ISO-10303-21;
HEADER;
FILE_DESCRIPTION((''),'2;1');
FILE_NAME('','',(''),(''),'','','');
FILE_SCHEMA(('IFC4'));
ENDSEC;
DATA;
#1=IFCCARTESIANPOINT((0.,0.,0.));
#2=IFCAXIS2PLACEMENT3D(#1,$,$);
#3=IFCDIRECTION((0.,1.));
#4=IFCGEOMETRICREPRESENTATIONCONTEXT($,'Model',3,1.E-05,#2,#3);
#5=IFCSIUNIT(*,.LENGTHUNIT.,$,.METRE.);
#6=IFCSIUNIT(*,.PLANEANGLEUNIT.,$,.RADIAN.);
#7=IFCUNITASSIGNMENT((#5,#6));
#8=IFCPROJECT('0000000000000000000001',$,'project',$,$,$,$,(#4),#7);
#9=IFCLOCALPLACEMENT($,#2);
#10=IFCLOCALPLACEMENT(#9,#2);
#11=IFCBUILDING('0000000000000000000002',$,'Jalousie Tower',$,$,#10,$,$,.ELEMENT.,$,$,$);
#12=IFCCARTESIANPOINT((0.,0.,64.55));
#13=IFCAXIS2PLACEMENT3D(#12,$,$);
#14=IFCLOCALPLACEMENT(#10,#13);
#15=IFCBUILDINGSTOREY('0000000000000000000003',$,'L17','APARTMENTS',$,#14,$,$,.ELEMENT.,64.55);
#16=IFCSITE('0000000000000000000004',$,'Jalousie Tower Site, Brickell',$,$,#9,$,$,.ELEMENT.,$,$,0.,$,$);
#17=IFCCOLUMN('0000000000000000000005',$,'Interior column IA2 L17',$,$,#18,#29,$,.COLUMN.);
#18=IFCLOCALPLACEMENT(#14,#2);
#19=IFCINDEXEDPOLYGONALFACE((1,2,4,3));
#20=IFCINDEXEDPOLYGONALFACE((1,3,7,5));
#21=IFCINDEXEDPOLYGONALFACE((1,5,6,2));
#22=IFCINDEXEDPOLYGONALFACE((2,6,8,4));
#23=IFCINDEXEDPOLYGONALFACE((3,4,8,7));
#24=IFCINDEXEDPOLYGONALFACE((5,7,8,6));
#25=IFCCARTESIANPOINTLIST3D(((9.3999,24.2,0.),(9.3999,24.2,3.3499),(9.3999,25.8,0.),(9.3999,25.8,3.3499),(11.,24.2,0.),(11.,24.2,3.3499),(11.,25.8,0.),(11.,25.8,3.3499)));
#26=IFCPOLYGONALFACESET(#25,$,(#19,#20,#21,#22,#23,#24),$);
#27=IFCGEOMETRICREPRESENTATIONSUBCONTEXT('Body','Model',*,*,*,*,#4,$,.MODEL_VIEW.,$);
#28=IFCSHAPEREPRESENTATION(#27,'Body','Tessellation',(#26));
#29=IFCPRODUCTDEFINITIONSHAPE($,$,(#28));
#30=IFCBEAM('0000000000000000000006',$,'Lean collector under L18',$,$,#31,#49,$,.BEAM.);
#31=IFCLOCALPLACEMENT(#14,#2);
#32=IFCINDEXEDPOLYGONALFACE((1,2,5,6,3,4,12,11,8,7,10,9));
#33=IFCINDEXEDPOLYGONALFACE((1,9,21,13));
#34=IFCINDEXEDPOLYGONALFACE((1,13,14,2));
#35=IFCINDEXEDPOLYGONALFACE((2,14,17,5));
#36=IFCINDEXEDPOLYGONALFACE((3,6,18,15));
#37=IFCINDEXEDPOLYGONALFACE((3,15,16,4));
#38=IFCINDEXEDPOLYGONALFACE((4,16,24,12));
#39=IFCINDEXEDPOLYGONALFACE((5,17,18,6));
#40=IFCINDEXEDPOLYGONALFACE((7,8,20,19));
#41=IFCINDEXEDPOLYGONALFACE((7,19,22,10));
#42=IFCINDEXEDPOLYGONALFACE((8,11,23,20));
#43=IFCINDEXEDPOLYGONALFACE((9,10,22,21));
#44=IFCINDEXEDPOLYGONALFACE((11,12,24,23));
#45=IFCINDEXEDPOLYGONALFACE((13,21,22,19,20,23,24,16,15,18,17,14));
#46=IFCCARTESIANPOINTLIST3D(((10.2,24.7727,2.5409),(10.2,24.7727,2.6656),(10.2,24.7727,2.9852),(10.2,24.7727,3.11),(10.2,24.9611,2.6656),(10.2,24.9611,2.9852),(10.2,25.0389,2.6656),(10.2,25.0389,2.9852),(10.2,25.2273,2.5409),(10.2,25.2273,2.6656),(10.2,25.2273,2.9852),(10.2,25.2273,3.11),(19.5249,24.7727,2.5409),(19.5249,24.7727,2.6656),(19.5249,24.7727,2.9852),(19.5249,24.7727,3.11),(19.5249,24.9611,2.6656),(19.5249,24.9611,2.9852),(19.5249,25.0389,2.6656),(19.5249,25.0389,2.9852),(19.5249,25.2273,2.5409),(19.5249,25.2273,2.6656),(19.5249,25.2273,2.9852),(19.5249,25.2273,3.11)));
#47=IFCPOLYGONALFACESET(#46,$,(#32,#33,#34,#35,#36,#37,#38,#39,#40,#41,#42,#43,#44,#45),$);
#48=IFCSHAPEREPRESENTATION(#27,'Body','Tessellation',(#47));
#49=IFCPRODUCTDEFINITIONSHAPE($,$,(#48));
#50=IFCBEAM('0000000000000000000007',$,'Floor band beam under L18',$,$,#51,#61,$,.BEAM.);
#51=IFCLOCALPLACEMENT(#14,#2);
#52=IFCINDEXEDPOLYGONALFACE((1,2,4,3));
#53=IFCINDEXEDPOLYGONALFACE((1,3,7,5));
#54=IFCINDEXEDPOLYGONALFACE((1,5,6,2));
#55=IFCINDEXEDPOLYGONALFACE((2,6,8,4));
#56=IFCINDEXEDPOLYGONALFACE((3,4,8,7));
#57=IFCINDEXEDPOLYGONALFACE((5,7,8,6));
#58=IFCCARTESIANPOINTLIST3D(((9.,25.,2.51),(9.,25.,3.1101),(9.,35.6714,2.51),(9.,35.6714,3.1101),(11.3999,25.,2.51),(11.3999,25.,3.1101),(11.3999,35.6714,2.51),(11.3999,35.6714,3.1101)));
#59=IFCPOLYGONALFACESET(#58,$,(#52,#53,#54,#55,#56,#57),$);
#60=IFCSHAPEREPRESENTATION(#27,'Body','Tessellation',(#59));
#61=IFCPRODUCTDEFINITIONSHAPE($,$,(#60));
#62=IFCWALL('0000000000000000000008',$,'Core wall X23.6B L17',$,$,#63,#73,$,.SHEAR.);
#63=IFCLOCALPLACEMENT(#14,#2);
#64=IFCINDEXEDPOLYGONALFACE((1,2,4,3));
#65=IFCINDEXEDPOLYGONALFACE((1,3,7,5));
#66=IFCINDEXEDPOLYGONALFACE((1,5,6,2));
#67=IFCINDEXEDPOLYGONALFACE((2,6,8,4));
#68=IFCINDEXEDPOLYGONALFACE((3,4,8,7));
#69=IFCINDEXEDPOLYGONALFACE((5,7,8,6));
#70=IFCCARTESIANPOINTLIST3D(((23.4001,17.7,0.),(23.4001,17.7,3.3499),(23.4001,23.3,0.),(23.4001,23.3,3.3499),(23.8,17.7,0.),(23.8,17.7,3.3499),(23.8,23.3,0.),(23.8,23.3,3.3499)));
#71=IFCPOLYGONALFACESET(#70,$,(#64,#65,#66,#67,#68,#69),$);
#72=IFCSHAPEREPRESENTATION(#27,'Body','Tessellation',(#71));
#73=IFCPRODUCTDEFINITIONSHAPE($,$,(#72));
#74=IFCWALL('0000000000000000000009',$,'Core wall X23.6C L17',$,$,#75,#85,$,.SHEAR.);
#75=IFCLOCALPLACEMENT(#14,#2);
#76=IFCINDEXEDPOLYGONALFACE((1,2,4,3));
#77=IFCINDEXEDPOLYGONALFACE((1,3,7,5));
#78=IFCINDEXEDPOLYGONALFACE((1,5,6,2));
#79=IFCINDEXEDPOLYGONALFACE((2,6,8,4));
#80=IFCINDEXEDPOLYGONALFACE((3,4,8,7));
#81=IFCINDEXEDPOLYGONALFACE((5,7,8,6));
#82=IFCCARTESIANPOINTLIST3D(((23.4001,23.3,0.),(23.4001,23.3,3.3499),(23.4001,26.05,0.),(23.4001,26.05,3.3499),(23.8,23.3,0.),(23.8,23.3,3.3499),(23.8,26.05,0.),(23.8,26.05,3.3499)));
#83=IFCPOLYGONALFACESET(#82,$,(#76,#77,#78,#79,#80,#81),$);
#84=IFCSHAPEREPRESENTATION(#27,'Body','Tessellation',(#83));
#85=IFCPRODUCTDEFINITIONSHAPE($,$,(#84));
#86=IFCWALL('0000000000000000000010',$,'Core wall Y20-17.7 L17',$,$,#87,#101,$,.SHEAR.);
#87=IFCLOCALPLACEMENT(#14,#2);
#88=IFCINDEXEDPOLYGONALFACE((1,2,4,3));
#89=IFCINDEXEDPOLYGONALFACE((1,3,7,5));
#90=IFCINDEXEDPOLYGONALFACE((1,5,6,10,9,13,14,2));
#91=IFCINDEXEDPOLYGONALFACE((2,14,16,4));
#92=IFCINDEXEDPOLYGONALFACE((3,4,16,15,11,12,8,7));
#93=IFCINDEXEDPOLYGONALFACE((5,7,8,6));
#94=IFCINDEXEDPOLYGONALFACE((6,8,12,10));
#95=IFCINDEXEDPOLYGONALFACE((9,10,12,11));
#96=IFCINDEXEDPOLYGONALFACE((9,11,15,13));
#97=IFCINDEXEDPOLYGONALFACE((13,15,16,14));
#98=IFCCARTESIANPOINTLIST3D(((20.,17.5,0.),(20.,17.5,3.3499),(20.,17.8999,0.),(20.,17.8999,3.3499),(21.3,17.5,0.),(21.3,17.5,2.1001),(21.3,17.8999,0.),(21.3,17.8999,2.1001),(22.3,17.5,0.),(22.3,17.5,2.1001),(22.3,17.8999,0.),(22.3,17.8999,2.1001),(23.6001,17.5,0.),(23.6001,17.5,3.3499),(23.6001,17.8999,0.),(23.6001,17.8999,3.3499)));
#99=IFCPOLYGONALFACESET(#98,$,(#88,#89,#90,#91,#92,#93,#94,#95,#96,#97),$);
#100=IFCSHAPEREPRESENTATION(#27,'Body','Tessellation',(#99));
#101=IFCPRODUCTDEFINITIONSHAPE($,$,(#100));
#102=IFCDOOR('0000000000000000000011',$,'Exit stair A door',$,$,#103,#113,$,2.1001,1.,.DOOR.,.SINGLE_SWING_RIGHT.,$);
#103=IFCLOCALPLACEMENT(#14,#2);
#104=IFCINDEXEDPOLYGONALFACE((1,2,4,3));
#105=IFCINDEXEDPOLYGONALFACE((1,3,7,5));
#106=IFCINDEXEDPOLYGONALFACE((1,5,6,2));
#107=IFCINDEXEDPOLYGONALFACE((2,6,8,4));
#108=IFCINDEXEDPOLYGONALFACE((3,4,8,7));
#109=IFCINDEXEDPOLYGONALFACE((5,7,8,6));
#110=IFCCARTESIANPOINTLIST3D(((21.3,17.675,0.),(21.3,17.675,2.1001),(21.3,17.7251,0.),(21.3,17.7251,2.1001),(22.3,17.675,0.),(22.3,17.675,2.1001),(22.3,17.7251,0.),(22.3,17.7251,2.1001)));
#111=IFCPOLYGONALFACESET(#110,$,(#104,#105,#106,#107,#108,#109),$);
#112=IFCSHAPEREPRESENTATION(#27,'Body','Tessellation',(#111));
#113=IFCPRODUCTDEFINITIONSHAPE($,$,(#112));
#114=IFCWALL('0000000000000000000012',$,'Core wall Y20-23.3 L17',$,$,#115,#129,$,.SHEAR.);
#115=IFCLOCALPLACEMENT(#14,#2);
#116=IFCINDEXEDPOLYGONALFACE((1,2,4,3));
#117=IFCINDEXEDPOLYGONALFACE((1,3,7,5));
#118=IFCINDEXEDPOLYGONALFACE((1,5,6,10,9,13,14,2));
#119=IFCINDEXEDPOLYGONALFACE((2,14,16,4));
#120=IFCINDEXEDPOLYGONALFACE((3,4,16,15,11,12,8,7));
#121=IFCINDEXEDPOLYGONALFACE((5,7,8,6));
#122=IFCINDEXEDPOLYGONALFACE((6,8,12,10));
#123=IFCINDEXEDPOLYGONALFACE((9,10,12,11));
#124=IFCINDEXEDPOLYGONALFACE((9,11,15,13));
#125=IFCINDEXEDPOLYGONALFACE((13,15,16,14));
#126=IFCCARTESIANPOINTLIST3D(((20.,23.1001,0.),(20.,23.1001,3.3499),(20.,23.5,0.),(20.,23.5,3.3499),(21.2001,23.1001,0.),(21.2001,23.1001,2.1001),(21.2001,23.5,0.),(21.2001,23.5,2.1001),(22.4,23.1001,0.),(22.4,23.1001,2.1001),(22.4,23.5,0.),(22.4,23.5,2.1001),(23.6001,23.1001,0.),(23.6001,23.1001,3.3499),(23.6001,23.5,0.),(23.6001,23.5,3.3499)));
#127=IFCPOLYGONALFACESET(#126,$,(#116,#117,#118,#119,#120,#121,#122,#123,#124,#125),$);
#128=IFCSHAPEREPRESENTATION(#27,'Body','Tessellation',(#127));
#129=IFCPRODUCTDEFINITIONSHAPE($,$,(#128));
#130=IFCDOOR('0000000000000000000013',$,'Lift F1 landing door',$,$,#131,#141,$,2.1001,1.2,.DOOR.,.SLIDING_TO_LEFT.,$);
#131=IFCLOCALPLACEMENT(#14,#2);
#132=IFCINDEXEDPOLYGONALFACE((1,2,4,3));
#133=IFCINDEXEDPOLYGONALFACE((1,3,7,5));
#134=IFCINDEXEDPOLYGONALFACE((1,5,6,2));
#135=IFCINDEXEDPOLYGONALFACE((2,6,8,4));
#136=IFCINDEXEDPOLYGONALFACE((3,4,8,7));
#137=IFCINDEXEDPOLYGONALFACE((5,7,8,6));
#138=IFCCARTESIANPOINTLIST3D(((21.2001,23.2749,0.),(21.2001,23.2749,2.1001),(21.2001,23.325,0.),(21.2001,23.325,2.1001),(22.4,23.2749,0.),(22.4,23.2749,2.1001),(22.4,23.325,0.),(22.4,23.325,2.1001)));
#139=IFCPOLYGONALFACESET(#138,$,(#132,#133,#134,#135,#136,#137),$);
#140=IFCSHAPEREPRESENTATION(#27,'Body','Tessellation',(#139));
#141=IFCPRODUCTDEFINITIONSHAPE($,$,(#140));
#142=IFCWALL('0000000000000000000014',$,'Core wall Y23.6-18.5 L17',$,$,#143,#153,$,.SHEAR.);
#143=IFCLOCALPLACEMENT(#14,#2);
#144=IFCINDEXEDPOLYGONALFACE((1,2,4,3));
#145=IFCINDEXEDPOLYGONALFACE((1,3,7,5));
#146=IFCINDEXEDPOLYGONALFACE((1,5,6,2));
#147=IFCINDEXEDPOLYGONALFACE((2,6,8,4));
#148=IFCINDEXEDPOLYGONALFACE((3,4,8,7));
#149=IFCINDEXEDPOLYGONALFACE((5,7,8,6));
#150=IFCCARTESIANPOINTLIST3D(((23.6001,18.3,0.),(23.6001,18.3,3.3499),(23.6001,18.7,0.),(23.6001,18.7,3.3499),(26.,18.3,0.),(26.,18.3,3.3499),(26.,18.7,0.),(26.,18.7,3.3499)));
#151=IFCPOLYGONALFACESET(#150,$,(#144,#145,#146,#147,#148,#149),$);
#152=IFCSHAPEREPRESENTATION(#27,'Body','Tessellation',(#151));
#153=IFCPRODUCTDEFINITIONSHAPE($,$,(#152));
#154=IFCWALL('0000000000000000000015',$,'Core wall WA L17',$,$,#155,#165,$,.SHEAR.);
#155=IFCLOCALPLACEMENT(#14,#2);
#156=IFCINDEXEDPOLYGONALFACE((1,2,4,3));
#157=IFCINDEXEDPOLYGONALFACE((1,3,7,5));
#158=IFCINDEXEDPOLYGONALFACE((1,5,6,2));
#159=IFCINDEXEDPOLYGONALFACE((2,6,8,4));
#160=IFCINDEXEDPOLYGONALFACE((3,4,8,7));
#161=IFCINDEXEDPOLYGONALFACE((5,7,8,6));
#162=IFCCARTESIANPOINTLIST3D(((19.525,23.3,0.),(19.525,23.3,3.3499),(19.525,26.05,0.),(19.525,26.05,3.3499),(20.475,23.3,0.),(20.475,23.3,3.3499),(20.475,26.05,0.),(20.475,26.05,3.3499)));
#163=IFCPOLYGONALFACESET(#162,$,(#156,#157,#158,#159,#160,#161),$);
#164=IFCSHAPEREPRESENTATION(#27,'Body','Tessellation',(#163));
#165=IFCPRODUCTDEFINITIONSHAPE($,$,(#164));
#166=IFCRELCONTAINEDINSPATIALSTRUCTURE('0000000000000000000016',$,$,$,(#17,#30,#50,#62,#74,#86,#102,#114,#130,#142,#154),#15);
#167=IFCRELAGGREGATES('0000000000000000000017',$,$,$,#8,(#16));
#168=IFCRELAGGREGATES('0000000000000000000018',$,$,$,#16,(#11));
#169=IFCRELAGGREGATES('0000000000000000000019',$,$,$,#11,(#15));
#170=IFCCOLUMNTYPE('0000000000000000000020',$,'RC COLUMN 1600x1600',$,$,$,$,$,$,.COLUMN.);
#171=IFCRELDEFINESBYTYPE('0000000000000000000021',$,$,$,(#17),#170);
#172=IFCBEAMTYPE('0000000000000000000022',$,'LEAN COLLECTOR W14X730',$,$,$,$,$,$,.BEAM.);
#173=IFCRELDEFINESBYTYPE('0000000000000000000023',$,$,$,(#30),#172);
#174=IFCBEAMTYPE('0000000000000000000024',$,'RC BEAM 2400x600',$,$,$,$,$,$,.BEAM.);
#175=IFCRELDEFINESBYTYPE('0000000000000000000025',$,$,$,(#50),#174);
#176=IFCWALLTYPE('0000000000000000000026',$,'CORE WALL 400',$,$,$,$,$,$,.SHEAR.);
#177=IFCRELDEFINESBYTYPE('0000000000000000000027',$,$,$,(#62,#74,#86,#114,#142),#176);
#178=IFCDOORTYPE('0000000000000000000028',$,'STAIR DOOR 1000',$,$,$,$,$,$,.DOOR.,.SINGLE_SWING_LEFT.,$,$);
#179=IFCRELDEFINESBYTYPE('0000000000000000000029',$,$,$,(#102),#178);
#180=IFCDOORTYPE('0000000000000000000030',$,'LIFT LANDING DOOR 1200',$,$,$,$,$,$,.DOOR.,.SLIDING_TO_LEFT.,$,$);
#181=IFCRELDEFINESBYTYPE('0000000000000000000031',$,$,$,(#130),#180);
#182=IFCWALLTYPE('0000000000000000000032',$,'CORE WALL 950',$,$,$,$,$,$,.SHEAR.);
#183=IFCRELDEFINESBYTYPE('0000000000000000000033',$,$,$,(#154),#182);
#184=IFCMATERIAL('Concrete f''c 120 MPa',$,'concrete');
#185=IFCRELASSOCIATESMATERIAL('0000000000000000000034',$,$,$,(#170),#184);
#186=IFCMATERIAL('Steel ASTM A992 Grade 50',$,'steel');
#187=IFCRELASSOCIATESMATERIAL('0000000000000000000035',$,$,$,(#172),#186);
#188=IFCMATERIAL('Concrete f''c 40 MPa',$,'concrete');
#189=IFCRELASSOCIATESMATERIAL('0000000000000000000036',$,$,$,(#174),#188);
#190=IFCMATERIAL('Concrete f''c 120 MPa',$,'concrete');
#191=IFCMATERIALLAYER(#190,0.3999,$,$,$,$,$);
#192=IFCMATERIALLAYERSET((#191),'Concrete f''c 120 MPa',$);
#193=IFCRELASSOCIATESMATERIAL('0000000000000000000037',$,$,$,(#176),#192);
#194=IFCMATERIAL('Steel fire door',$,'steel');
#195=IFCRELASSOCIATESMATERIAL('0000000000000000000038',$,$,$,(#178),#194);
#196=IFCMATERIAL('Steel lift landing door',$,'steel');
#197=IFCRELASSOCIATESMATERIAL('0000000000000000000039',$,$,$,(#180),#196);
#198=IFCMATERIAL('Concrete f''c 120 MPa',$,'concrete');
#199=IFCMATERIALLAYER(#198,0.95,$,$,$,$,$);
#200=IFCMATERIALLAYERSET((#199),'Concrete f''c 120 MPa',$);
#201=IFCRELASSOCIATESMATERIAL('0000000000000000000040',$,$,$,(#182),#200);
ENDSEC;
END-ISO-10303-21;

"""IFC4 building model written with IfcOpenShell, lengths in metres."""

from ifc_helpers import new_model, si_unit, direction, frame, frame_2d, origin, origin_2d, place, context, subcontext, project, spatial, rectangle, i_section, extrude, material, layer, layer_set, material_profile, profile_set, type_object, element, fill, save


model = new_model("IFC4")

# Units and contexts
model_context = context("Model", 3, precision=1e-05, world=origin(), true_north=direction((0.0, 1.0)))
body_context = subcontext(model_context, "Body", "Model", "MODEL_VIEW")
ifc_project = project(units=[si_unit("LENGTHUNIT", "METRE"), si_unit("PLANEANGLEUNIT", "RADIAN")], contexts=[model_context])

# Site, building, storey
site_placement = place(None, origin())
site = spatial("IfcSite", under=ifc_project, at=site_placement, Name="Jalousie Tower Site, Brickell", CompositionType="ELEMENT", RefElevation=0.0)
building_placement = place(site_placement, origin())
building = spatial("IfcBuilding", under=site, at=building_placement, Name="Jalousie Tower", CompositionType="ELEMENT")
storey_placement = place(building_placement, frame((0.0, 0.0, 64.55)))
storey = spatial("IfcBuildingStorey", under=building, at=storey_placement, Name="L17", Description="APARTMENTS", CompositionType="ELEMENT", Elevation=64.55)

# Column
ifc_material_1 = material(Name="Concrete f'c 120 MPa", Category="concrete")
ifc_material_profile_1 = material_profile(ifc_material_1, rectangle(XDim=1.6001, YDim=1.6001, at=origin_2d()), Name="RC 1600x1600")
ifc_profile_set_1 = profile_set([ifc_material_profile_1], Name="Concrete f'c 120 MPa")
column_type = type_object("IfcColumnType", Name="RC COLUMN 1600x1600", PredefinedType="COLUMN", material=ifc_profile_set_1)
column_placement = place(storey_placement, frame((10.2, 25.0, 0.0), z_axis=(0.0, 0.0, 1.0), x_axis=(1.0, 0.0, 0.0)))
element("IfcColumn", 1, at=column_placement, inside=storey, type_object=column_type, Name="Interior column IA2 L17", PredefinedType="COLUMN", context=body_context, shape_type="SweptSolid", body=[
    extrude(rectangle(XDim=1.6001, YDim=1.6001, at=origin_2d()), origin(), (0.0, 0.0, 1.0), 3.3499),
])

# Beams
ifc_material_2 = material(Name="Steel ASTM A992 Grade 50", Category="steel")
ifc_material_profile_2 = material_profile(ifc_material_2, i_section(OverallWidth=0.4546, OverallDepth=0.5691, WebThickness=0.0779, FlangeThickness=0.1248, at=origin_2d()), Name="W14X730")
ifc_profile_set_2 = profile_set([ifc_material_profile_2], Name="Steel ASTM A992 Grade 50")
beam_type_1 = type_object("IfcBeamType", Name="LEAN COLLECTOR W14X730", PredefinedType="BEAM", material=ifc_profile_set_2)
beam_1_placement = place(storey_placement, frame((10.2, 25.0, 2.8254), z_axis=(1.0, 0.0, 0.0), x_axis=(0.0, 1.0, 0.0)))
element("IfcBeam", 2, at=beam_1_placement, inside=storey, type_object=beam_type_1, Name="Lean collector under L18", PredefinedType="BEAM", context=body_context, shape_type="SweptSolid", body=[
    extrude(i_section(OverallWidth=0.4546, OverallDepth=0.5691, WebThickness=0.0779, FlangeThickness=0.1248, at=origin_2d()), origin(), (0.0, 0.0, 1.0), 9.325),
])
ifc_material_3 = material(Name="Concrete f'c 40 MPa", Category="concrete")
ifc_material_profile_3 = material_profile(ifc_material_3, rectangle(XDim=2.3999, YDim=0.6001, at=origin_2d()), Name="RC 2400x600")
ifc_profile_set_3 = profile_set([ifc_material_profile_3], Name="Concrete f'c 40 MPa")
beam_type_2 = type_object("IfcBeamType", Name="RC BEAM 2400x600", PredefinedType="BEAM", material=ifc_profile_set_3)
beam_2_placement = place(storey_placement, frame((10.2, 25.0, 2.8101), z_axis=(0.0, 1.0, 0.0), x_axis=(-1.0, 0.0, 0.0)))
element("IfcBeam", 3, at=beam_2_placement, inside=storey, type_object=beam_type_2, Name="Floor band beam under L18", PredefinedType="BEAM", context=body_context, shape_type="SweptSolid", body=[
    extrude(rectangle(XDim=2.3999, YDim=0.6001, at=origin_2d()), origin(), (0.0, 0.0, 1.0), 10.6714),
])

# Walls
ifc_material_4 = material(Name="Concrete f'c 120 MPa", Category="concrete")
ifc_layer_1 = layer(ifc_material_4, 0.3999)
ifc_layer_set_1 = layer_set([ifc_layer_1], Name="Concrete f'c 120 MPa")
wall_type_1 = type_object("IfcWallType", Name="CORE WALL 400", PredefinedType="SHEAR", material=ifc_layer_set_1)
wall_1_placement = place(storey_placement, frame((23.6001, 17.7, 0.0), z_axis=(0.0, 0.0, 1.0), x_axis=(0.0, 1.0, 0.0)))
element("IfcWall", 4, at=wall_1_placement, inside=storey, type_object=wall_type_1, Name="Core wall X23.6B L17", PredefinedType="SHEAR", context=body_context, shape_type="SweptSolid", body=[
    extrude(rectangle(XDim=5.6001, YDim=0.3999, at=frame_2d((2.8, 0.0))), origin(), (0.0, 0.0, 1.0), 3.3499),
])
wall_2_placement = place(storey_placement, frame((23.6001, 23.3, 0.0), z_axis=(0.0, 0.0, 1.0), x_axis=(0.0, 1.0, 0.0)))
element("IfcWall", 5, at=wall_2_placement, inside=storey, type_object=wall_type_1, Name="Core wall X23.6C L17", PredefinedType="SHEAR", context=body_context, shape_type="SweptSolid", body=[
    extrude(rectangle(XDim=2.75, YDim=0.3999, at=frame_2d((1.375, 0.0))), origin(), (0.0, 0.0, 1.0), 3.3499),
])

# Walls, openings, doors
wall_3_placement = place(storey_placement, frame((20.0, 17.7, 0.0), z_axis=(0.0, 0.0, 1.0), x_axis=(1.0, 0.0, 0.0)))
wall_3 = element("IfcWall", 6, at=wall_3_placement, inside=storey, type_object=wall_type_1, Name="Core wall Y20-17.7 L17", PredefinedType="SHEAR", context=body_context, shape_type="SweptSolid", body=[
    extrude(rectangle(XDim=3.6001, YDim=0.3999, at=frame_2d((1.8, 0.0))), origin(), (0.0, 0.0, 1.0), 3.3499),
])
opening_1_placement = place(wall_3_placement, frame((1.3, 0.0, 0.0)))
opening_1 = element("IfcOpeningElement", 7, at=opening_1_placement, cuts=wall_3, PredefinedType="OPENING", context=body_context, shape_type="SweptSolid", body=[
    extrude(rectangle(XDim=1.0, YDim=2.1001, at=frame_2d((0.5, 1.05))), frame((0.0, 0.21, 0.0), z_axis=(0.0, -1.0, 0.0), x_axis=(1.0, 0.0, 0.0)), (0.0, 0.0, 1.0), 0.4199),
])
ifc_material_5 = material(Name="Steel fire door", Category="steel")
door_type_1 = type_object("IfcDoorType", Name="STAIR DOOR 1000", OperationType="SINGLE_SWING_LEFT", PredefinedType="DOOR", material=ifc_material_5)
door_1_placement = place(opening_1_placement, frame((1.0, 0.0, 0.0), z_axis=(0.0, 0.0, 1.0), x_axis=(-1.0, 0.0, 0.0)))
door_1 = element("IfcDoor", 8, at=door_1_placement, inside=storey, type_object=door_type_1, Name="Exit stair A door", OperationType="SINGLE_SWING_RIGHT", OverallHeight=2.1001, OverallWidth=1.0, PredefinedType="DOOR", context=body_context, shape_type="SweptSolid", body=[
    extrude(rectangle(XDim=1.0, YDim=2.1001, at=frame_2d((0.5, 1.05))), frame((0.0, 0.0249, 0.0), z_axis=(0.0, -1.0, 0.0), x_axis=(1.0, 0.0, 0.0)), (0.0, 0.0, 1.0), 0.05),
])
fill(opening_1, door_1)
wall_4_placement = place(storey_placement, frame((20.0, 23.3, 0.0), z_axis=(0.0, 0.0, 1.0), x_axis=(1.0, 0.0, 0.0)))
wall_4 = element("IfcWall", 9, at=wall_4_placement, inside=storey, type_object=wall_type_1, Name="Core wall Y20-23.3 L17", PredefinedType="SHEAR", context=body_context, shape_type="SweptSolid", body=[
    extrude(rectangle(XDim=3.6001, YDim=0.3999, at=frame_2d((1.8, 0.0))), origin(), (0.0, 0.0, 1.0), 3.3499),
])
opening_2_placement = place(wall_4_placement, frame((1.2, 0.0, 0.0)))
opening_2 = element("IfcOpeningElement", 10, at=opening_2_placement, cuts=wall_4, PredefinedType="OPENING", context=body_context, shape_type="SweptSolid", body=[
    extrude(rectangle(XDim=1.2, YDim=2.1001, at=frame_2d((0.6001, 1.05))), frame((0.0, 0.21, 0.0), z_axis=(0.0, -1.0, 0.0), x_axis=(1.0, 0.0, 0.0)), (0.0, 0.0, 1.0), 0.4199),
])
ifc_material_6 = material(Name="Steel lift landing door", Category="steel")
door_type_2 = type_object("IfcDoorType", Name="LIFT LANDING DOOR 1200", OperationType="SLIDING_TO_LEFT", PredefinedType="DOOR", material=ifc_material_6)
door_2_placement = place(opening_2_placement, origin())
door_2 = element("IfcDoor", 11, at=door_2_placement, inside=storey, type_object=door_type_2, Name="Lift F1 landing door", OperationType="SLIDING_TO_LEFT", OverallHeight=2.1001, OverallWidth=1.2, PredefinedType="DOOR", context=body_context, shape_type="SweptSolid", body=[
    extrude(rectangle(XDim=1.2, YDim=2.1001, at=frame_2d((0.6001, 1.05))), frame((0.0, 0.0249, 0.0), z_axis=(0.0, -1.0, 0.0), x_axis=(1.0, 0.0, 0.0)), (0.0, 0.0, 1.0), 0.05),
])
fill(opening_2, door_2)

# Walls
wall_5_placement = place(storey_placement, frame((23.6001, 18.5, 0.0), z_axis=(0.0, 0.0, 1.0), x_axis=(1.0, 0.0, 0.0)))
element("IfcWall", 12, at=wall_5_placement, inside=storey, type_object=wall_type_1, Name="Core wall Y23.6-18.5 L17", PredefinedType="SHEAR", context=body_context, shape_type="SweptSolid", body=[
    extrude(rectangle(XDim=2.3999, YDim=0.3999, at=frame_2d((1.2, 0.0))), origin(), (0.0, 0.0, 1.0), 3.3499),
])
ifc_material_7 = material(Name="Concrete f'c 120 MPa", Category="concrete")
ifc_layer_2 = layer(ifc_material_7, 0.95)
ifc_layer_set_2 = layer_set([ifc_layer_2], Name="Concrete f'c 120 MPa")
wall_type_2 = type_object("IfcWallType", Name="CORE WALL 950", PredefinedType="SHEAR", material=ifc_layer_set_2)
wall_6_placement = place(storey_placement, frame((20.0, 26.05, 0.0), z_axis=(0.0, 0.0, 1.0), x_axis=(0.0, -1.0, 0.0)))
element("IfcWall", 13, at=wall_6_placement, inside=storey, type_object=wall_type_2, Name="Core wall WA L17", PredefinedType="SHEAR", context=body_context, shape_type="SweptSolid", body=[
    extrude(rectangle(XDim=2.75, YDim=0.95, at=frame_2d((1.375, 0.0))), origin(), (0.0, 0.0, 1.0), 3.3499),
])

save(model, "model.ifc")
